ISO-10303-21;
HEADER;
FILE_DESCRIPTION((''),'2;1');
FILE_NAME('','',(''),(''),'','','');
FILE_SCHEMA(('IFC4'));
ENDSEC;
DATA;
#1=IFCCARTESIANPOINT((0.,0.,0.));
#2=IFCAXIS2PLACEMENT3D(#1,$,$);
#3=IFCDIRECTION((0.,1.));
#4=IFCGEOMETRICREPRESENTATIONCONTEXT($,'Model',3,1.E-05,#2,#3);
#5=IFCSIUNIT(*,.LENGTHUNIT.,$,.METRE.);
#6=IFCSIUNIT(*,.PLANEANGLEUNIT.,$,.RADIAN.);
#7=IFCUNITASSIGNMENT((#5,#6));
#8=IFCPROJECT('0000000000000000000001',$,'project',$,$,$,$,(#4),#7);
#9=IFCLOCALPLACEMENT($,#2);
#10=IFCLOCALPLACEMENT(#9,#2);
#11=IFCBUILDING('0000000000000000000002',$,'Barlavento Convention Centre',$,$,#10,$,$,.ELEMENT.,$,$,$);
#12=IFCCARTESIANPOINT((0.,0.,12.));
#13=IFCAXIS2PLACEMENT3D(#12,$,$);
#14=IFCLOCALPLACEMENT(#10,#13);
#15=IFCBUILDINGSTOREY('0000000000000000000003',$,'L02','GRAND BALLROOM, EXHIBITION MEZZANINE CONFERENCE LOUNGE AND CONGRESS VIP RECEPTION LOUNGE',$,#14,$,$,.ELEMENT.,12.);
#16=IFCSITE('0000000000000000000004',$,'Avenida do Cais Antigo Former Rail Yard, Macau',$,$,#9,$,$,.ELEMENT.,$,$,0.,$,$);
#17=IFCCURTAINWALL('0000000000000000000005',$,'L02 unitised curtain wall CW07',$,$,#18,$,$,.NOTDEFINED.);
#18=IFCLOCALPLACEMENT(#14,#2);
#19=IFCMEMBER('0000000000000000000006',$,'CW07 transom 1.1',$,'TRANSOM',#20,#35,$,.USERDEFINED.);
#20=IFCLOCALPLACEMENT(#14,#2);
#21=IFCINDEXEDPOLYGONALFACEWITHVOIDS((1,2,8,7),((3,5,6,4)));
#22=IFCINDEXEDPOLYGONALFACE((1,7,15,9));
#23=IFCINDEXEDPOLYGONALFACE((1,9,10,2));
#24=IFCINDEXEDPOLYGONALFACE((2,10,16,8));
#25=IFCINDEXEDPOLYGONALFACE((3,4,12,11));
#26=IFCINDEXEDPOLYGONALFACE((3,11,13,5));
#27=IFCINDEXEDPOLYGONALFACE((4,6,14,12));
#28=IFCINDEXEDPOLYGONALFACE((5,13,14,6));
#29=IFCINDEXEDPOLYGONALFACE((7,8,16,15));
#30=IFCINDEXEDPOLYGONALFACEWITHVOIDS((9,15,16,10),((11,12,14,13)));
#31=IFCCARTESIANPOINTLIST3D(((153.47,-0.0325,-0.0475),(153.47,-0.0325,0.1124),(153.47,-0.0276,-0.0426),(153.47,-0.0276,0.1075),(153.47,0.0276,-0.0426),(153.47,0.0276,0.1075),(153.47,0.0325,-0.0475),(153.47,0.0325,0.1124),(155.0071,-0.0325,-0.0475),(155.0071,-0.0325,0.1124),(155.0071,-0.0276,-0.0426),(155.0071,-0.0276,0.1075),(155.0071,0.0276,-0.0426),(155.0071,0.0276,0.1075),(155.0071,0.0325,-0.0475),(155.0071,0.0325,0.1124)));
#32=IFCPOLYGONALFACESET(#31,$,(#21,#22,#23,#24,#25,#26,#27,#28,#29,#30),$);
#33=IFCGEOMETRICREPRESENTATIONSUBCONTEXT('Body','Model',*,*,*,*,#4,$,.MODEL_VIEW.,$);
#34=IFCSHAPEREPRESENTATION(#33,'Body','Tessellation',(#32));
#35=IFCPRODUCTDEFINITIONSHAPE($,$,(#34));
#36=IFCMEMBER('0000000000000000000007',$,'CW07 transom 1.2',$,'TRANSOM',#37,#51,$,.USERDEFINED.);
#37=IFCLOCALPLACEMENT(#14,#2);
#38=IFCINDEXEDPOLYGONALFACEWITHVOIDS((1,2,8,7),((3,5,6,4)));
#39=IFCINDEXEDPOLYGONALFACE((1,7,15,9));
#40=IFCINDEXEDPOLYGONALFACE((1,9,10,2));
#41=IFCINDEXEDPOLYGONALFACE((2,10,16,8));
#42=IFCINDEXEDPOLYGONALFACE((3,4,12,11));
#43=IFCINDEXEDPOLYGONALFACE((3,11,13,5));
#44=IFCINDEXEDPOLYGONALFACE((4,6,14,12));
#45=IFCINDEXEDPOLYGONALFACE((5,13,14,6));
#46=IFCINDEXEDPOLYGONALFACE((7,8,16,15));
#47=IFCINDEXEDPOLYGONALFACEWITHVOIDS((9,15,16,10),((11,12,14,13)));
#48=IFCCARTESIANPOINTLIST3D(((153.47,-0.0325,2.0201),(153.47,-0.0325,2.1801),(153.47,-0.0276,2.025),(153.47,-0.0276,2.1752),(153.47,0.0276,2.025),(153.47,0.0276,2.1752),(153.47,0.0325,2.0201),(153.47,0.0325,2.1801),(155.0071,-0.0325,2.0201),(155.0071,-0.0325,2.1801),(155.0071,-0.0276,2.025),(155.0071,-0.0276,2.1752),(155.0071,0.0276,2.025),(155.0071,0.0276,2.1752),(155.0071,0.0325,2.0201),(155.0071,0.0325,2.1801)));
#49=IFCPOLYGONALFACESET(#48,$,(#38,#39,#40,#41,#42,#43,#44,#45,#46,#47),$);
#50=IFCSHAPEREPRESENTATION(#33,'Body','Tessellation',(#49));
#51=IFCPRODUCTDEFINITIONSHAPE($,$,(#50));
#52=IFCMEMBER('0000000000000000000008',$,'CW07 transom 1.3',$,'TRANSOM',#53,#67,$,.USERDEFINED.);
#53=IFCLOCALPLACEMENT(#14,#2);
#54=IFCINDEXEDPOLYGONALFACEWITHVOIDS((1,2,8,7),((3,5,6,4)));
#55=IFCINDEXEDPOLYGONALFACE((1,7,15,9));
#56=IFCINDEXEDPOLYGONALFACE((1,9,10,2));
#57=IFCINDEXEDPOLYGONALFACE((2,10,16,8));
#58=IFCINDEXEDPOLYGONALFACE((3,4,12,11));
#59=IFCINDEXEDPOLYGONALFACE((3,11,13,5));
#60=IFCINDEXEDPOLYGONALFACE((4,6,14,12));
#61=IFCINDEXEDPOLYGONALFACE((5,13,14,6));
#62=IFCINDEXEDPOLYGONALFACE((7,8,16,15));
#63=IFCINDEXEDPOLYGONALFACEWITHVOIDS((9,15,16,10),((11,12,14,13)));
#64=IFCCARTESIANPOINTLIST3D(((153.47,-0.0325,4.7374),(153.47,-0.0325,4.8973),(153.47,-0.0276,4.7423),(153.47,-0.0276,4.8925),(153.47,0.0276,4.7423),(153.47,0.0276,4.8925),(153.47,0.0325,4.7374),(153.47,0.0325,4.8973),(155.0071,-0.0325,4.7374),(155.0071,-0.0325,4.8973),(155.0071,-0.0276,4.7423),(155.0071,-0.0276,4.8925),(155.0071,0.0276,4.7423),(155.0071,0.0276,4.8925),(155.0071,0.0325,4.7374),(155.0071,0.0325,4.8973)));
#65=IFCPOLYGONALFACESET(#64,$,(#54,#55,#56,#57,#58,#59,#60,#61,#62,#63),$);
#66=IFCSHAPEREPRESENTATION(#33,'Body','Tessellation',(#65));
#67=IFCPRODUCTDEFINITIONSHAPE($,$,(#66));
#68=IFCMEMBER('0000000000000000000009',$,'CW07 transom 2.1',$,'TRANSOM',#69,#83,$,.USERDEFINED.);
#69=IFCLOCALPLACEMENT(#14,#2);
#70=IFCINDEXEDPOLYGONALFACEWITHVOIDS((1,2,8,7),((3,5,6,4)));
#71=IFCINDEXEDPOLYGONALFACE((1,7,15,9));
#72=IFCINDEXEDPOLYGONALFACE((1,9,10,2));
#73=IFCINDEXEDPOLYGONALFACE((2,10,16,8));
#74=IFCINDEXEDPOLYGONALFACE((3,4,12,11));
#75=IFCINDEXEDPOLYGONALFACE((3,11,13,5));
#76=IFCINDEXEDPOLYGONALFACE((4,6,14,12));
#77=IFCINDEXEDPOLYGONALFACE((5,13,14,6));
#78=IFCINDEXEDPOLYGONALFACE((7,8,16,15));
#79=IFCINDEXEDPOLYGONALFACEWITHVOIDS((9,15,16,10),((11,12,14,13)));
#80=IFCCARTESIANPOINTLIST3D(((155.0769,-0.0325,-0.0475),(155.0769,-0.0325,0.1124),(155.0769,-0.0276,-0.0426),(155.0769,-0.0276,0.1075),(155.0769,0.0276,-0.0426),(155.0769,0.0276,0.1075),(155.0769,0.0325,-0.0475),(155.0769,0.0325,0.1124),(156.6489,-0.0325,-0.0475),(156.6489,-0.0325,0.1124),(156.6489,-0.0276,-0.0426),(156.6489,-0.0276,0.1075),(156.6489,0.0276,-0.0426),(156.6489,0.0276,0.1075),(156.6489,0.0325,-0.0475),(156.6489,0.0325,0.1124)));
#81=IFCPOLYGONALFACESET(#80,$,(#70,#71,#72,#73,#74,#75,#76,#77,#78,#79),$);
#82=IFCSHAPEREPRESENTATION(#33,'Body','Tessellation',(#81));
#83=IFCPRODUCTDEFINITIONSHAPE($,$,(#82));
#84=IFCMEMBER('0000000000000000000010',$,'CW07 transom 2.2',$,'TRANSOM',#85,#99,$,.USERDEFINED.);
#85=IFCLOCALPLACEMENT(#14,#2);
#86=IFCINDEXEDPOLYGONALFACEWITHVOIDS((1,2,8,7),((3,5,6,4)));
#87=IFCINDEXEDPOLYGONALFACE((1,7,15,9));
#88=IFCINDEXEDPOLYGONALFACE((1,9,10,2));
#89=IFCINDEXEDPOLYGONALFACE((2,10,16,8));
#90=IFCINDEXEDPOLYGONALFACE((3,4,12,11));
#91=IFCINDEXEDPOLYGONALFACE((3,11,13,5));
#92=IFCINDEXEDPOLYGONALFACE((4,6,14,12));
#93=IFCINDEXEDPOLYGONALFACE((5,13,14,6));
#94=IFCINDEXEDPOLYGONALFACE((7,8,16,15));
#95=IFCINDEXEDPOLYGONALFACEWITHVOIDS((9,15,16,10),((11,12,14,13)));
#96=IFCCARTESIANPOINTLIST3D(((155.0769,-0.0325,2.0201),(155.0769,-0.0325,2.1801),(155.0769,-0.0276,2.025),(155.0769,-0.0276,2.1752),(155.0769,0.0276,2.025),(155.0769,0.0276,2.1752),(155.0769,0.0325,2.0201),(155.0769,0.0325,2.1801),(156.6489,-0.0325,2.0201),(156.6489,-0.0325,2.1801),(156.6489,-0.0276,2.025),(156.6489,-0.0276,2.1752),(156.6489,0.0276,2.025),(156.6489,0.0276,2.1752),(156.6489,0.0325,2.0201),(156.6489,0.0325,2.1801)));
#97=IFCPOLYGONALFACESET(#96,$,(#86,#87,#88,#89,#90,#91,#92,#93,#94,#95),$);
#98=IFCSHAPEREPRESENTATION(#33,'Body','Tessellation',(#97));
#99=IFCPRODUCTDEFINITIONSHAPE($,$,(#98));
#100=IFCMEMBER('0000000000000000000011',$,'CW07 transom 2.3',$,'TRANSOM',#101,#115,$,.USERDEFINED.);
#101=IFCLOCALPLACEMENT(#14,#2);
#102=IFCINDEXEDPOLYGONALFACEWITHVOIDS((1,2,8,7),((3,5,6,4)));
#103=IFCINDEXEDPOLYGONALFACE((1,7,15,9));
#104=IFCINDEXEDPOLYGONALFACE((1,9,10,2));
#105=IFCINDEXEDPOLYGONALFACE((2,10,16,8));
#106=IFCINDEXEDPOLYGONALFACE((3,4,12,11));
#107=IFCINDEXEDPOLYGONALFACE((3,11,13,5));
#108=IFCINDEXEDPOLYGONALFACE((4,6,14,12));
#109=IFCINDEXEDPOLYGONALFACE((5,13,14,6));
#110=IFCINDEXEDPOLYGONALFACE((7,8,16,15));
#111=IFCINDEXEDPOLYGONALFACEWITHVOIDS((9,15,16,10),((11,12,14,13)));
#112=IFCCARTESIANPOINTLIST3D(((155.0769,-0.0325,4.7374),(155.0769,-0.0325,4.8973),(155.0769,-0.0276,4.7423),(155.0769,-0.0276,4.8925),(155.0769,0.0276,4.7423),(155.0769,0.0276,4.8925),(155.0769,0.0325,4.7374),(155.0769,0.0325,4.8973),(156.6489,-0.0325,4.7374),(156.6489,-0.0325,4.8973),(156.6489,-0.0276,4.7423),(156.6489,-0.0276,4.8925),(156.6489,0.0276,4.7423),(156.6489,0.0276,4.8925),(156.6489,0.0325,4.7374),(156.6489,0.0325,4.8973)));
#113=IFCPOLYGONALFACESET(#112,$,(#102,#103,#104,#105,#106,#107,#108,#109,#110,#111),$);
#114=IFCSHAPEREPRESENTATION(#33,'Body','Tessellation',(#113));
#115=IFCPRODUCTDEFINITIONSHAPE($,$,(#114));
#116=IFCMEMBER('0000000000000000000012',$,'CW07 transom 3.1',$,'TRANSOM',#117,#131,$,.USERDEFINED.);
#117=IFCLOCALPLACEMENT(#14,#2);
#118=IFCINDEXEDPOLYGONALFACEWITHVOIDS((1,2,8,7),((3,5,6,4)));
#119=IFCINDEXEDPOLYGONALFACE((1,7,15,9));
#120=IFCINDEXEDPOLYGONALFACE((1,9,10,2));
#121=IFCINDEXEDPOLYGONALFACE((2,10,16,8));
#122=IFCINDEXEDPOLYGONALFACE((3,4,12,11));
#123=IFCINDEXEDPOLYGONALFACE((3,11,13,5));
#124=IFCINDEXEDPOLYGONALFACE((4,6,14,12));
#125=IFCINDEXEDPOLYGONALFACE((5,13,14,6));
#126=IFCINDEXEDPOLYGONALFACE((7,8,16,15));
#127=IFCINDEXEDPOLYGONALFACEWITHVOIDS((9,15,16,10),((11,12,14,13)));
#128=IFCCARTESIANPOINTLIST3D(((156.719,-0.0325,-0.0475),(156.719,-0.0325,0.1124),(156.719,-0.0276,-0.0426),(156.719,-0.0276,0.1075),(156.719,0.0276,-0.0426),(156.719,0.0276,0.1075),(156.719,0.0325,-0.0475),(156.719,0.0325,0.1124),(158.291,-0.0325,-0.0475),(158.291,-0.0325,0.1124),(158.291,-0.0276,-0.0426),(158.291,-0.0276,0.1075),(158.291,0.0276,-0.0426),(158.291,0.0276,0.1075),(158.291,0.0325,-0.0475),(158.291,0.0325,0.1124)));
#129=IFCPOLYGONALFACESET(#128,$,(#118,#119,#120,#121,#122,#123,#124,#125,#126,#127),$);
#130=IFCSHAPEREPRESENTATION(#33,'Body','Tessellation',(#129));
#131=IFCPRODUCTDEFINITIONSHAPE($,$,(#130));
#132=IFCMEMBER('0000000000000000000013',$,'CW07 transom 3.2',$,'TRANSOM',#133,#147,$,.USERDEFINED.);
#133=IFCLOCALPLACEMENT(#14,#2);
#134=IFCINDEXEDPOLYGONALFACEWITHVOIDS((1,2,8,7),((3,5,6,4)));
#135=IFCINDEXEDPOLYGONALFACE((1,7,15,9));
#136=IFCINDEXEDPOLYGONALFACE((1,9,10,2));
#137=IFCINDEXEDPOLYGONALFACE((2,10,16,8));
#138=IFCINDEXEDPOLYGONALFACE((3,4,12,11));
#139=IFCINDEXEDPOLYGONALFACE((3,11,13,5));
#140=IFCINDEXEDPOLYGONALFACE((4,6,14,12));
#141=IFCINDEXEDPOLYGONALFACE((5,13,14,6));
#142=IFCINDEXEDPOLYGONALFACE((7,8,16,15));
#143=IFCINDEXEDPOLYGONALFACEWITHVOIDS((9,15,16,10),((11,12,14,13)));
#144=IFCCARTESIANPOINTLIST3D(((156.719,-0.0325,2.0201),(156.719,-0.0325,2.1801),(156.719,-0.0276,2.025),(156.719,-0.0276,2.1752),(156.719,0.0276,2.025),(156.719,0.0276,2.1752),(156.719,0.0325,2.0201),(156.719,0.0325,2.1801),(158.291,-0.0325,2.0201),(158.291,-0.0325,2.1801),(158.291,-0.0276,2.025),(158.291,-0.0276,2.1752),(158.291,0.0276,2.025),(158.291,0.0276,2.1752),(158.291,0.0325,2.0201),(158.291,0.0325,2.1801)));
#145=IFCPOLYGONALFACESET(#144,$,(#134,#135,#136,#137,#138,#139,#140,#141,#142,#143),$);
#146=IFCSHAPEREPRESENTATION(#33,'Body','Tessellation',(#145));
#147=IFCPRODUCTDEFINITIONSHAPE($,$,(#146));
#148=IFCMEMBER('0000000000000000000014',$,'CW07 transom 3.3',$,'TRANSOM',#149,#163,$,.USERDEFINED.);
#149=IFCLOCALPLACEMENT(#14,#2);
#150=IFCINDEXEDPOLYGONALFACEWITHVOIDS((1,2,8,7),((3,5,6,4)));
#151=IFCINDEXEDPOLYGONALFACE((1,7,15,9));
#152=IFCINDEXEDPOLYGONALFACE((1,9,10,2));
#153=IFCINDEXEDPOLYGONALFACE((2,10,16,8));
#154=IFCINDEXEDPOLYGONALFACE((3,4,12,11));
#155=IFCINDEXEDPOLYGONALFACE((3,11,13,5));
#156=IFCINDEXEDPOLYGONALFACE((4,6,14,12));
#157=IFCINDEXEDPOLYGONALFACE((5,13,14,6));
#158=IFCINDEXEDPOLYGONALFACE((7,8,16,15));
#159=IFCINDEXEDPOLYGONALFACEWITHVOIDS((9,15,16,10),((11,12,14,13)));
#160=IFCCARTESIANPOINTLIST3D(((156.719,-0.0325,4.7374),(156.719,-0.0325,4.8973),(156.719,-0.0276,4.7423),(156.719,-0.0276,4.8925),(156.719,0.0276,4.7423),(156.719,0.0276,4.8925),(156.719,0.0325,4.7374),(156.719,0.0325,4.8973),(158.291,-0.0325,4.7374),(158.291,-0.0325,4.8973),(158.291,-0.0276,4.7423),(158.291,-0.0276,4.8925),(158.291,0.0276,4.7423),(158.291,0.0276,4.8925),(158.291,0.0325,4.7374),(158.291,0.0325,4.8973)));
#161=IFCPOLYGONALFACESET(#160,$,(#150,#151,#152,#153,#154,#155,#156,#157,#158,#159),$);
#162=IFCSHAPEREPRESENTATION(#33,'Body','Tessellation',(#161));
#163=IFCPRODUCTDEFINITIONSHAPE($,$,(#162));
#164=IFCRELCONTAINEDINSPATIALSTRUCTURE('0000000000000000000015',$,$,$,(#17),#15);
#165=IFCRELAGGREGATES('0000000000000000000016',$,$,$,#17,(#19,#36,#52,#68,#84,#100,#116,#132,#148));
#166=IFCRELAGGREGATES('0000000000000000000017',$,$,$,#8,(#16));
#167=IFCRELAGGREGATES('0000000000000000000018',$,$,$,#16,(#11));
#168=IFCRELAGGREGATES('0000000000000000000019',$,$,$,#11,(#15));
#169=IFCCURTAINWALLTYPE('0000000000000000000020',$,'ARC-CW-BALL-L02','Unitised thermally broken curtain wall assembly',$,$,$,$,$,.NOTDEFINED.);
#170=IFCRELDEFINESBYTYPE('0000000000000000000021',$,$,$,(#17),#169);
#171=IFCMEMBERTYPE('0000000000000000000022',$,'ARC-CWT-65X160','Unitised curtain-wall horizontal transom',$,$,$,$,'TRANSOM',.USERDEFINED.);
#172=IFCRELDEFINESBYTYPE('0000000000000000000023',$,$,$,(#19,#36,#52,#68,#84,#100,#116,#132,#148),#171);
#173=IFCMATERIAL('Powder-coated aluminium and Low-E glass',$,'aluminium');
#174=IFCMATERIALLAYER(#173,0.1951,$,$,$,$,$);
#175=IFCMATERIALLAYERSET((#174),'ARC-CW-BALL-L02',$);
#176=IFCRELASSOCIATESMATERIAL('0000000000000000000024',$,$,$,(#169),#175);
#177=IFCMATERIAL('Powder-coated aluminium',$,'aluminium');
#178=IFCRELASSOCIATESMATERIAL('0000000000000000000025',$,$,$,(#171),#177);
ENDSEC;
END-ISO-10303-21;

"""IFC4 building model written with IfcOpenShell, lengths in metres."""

from ifc_helpers import new_model, si_unit, direction, frame, origin, origin_2d, place, context, subcontext, project, spatial, hollow_rectangle, extrude, material, layer, layer_set, material_profile, profile_set, type_object, element, aggregate, save


model = new_model("IFC4")

# Units and contexts
model_context = context("Model", 3, precision=1e-05, world=origin(), true_north=direction((0.0, 1.0)))
body_context = subcontext(model_context, "Body", "Model", "MODEL_VIEW")
ifc_project = project(units=[si_unit("LENGTHUNIT", "METRE"), si_unit("PLANEANGLEUNIT", "RADIAN")], contexts=[model_context])

# Site, building, storey
site_placement = place(None, origin())
site = spatial("IfcSite", under=ifc_project, at=site_placement, Name="Avenida do Cais Antigo Former Rail Yard, Macau", CompositionType="ELEMENT", RefElevation=0.0)
building_placement = place(site_placement, origin())
building = spatial("IfcBuilding", under=site, at=building_placement, Name="Barlavento Convention Centre", CompositionType="ELEMENT")
storey_placement = place(building_placement, frame((0.0, 0.0, 12.0)))
storey = spatial("IfcBuildingStorey", under=building, at=storey_placement, Name="L02", Description="GRAND BALLROOM, EXHIBITION MEZZANINE CONFERENCE LOUNGE AND CONGRESS VIP RECEPTION LOUNGE", CompositionType="ELEMENT", Elevation=12.0)

# Curtain wall
ifc_material_1 = material(Name="Powder-coated aluminium and Low-E glass", Category="aluminium")
ifc_layer_1 = layer(ifc_material_1, 0.1951)
ifc_layer_set_1 = layer_set([ifc_layer_1], Name="ARC-CW-BALL-L02")
curtain_wall_type = type_object("IfcCurtainWallType", Name="ARC-CW-BALL-L02", Description="Unitised thermally broken curtain wall assembly", PredefinedType="NOTDEFINED", material=ifc_layer_set_1)
ifc_material_2 = material(Name="Powder-coated aluminium", Category="aluminium")
curtain_wall_1_placement = place(storey_placement, origin())
curtain_wall_1 = element("IfcCurtainWall", 1, at=curtain_wall_1_placement, inside=storey, type_object=curtain_wall_type, Name="L02 unitised curtain wall CW07", PredefinedType="NOTDEFINED")

# Members
ifc_material_profile_1 = material_profile(ifc_material_2, hollow_rectangle(XDim=0.0649, YDim=0.1599, WallThickness=0.0049, at=origin_2d()), Name="AL-TRAN 65x160x5")
ifc_profile_set_1 = profile_set([ifc_material_profile_1], Name="Powder-coated aluminium")
member_type_1 = type_object("IfcMemberType", Name="ARC-CWT-65X160", Description="Unitised curtain-wall horizontal transom", ElementType="TRANSOM", PredefinedType="USERDEFINED", material=ifc_profile_set_1)
member_1_placement = place(storey_placement, frame((153.47, 0.0, 0.0325), z_axis=(1.0, 0.0, 0.0), x_axis=(0.0, 1.0, 0.0)))
member_1 = element("IfcMember", 2, at=member_1_placement, type_object=member_type_1, Name="CW07 transom 1.1", ObjectType="TRANSOM", PredefinedType="USERDEFINED", context=body_context, shape_type="SweptSolid", body=[
    extrude(hollow_rectangle(XDim=0.0649, YDim=0.1599, WallThickness=0.0049, at=origin_2d()), origin(), (0.0, 0.0, 1.0), 1.5371),
])
member_2_placement = place(storey_placement, frame((153.47, 0.0, 2.1001), z_axis=(1.0, 0.0, 0.0), x_axis=(0.0, 1.0, 0.0)))
member_2 = element("IfcMember", 3, at=member_2_placement, type_object=member_type_1, Name="CW07 transom 1.2", ObjectType="TRANSOM", PredefinedType="USERDEFINED", context=body_context, shape_type="SweptSolid", body=[
    extrude(hollow_rectangle(XDim=0.0649, YDim=0.1599, WallThickness=0.0049, at=origin_2d()), origin(), (0.0, 0.0, 1.0), 1.5371),
])
member_3_placement = place(storey_placement, frame((153.47, 0.0, 4.8174), z_axis=(1.0, 0.0, 0.0), x_axis=(0.0, 1.0, 0.0)))
member_3 = element("IfcMember", 4, at=member_3_placement, type_object=member_type_1, Name="CW07 transom 1.3", ObjectType="TRANSOM", PredefinedType="USERDEFINED", context=body_context, shape_type="SweptSolid", body=[
    extrude(hollow_rectangle(XDim=0.0649, YDim=0.1599, WallThickness=0.0049, at=origin_2d()), origin(), (0.0, 0.0, 1.0), 1.5371),
])
member_4_placement = place(storey_placement, frame((155.0769, 0.0, 0.0325), z_axis=(1.0, 0.0, 0.0), x_axis=(0.0, 1.0, 0.0)))
member_4 = element("IfcMember", 5, at=member_4_placement, type_object=member_type_1, Name="CW07 transom 2.1", ObjectType="TRANSOM", PredefinedType="USERDEFINED", context=body_context, shape_type="SweptSolid", body=[
    extrude(hollow_rectangle(XDim=0.0649, YDim=0.1599, WallThickness=0.0049, at=origin_2d()), origin(), (0.0, 0.0, 1.0), 1.572),
])
member_5_placement = place(storey_placement, frame((155.0769, 0.0, 2.1001), z_axis=(1.0, 0.0, 0.0), x_axis=(0.0, 1.0, 0.0)))
member_5 = element("IfcMember", 6, at=member_5_placement, type_object=member_type_1, Name="CW07 transom 2.2", ObjectType="TRANSOM", PredefinedType="USERDEFINED", context=body_context, shape_type="SweptSolid", body=[
    extrude(hollow_rectangle(XDim=0.0649, YDim=0.1599, WallThickness=0.0049, at=origin_2d()), origin(), (0.0, 0.0, 1.0), 1.572),
])
member_6_placement = place(storey_placement, frame((155.0769, 0.0, 4.8174), z_axis=(1.0, 0.0, 0.0), x_axis=(0.0, 1.0, 0.0)))
member_6 = element("IfcMember", 7, at=member_6_placement, type_object=member_type_1, Name="CW07 transom 2.3", ObjectType="TRANSOM", PredefinedType="USERDEFINED", context=body_context, shape_type="SweptSolid", body=[
    extrude(hollow_rectangle(XDim=0.0649, YDim=0.1599, WallThickness=0.0049, at=origin_2d()), origin(), (0.0, 0.0, 1.0), 1.572),
])
member_7_placement = place(storey_placement, frame((156.719, 0.0, 0.0325), z_axis=(1.0, 0.0, 0.0), x_axis=(0.0, 1.0, 0.0)))
member_7 = element("IfcMember", 8, at=member_7_placement, type_object=member_type_1, Name="CW07 transom 3.1", ObjectType="TRANSOM", PredefinedType="USERDEFINED", context=body_context, shape_type="SweptSolid", body=[
    extrude(hollow_rectangle(XDim=0.0649, YDim=0.1599, WallThickness=0.0049, at=origin_2d()), origin(), (0.0, 0.0, 1.0), 1.572),
])
member_8_placement = place(storey_placement, frame((156.719, 0.0, 2.1001), z_axis=(1.0, 0.0, 0.0), x_axis=(0.0, 1.0, 0.0)))
member_8 = element("IfcMember", 9, at=member_8_placement, type_object=member_type_1, Name="CW07 transom 3.2", ObjectType="TRANSOM", PredefinedType="USERDEFINED", context=body_context, shape_type="SweptSolid", body=[
    extrude(hollow_rectangle(XDim=0.0649, YDim=0.1599, WallThickness=0.0049, at=origin_2d()), origin(), (0.0, 0.0, 1.0), 1.572),
])
member_9_placement = place(storey_placement, frame((156.719, 0.0, 4.8174), z_axis=(1.0, 0.0, 0.0), x_axis=(0.0, 1.0, 0.0)))
member_9 = element("IfcMember", 10, at=member_9_placement, type_object=member_type_1, Name="CW07 transom 3.3", ObjectType="TRANSOM", PredefinedType="USERDEFINED", context=body_context, shape_type="SweptSolid", body=[
    extrude(hollow_rectangle(XDim=0.0649, YDim=0.1599, WallThickness=0.0049, at=origin_2d()), origin(), (0.0, 0.0, 1.0), 1.572),
])

aggregate(curtain_wall_1, [member_1, member_2, member_3, member_4, member_5, member_6, member_7, member_8, member_9])

save(model, "model.ifc")
